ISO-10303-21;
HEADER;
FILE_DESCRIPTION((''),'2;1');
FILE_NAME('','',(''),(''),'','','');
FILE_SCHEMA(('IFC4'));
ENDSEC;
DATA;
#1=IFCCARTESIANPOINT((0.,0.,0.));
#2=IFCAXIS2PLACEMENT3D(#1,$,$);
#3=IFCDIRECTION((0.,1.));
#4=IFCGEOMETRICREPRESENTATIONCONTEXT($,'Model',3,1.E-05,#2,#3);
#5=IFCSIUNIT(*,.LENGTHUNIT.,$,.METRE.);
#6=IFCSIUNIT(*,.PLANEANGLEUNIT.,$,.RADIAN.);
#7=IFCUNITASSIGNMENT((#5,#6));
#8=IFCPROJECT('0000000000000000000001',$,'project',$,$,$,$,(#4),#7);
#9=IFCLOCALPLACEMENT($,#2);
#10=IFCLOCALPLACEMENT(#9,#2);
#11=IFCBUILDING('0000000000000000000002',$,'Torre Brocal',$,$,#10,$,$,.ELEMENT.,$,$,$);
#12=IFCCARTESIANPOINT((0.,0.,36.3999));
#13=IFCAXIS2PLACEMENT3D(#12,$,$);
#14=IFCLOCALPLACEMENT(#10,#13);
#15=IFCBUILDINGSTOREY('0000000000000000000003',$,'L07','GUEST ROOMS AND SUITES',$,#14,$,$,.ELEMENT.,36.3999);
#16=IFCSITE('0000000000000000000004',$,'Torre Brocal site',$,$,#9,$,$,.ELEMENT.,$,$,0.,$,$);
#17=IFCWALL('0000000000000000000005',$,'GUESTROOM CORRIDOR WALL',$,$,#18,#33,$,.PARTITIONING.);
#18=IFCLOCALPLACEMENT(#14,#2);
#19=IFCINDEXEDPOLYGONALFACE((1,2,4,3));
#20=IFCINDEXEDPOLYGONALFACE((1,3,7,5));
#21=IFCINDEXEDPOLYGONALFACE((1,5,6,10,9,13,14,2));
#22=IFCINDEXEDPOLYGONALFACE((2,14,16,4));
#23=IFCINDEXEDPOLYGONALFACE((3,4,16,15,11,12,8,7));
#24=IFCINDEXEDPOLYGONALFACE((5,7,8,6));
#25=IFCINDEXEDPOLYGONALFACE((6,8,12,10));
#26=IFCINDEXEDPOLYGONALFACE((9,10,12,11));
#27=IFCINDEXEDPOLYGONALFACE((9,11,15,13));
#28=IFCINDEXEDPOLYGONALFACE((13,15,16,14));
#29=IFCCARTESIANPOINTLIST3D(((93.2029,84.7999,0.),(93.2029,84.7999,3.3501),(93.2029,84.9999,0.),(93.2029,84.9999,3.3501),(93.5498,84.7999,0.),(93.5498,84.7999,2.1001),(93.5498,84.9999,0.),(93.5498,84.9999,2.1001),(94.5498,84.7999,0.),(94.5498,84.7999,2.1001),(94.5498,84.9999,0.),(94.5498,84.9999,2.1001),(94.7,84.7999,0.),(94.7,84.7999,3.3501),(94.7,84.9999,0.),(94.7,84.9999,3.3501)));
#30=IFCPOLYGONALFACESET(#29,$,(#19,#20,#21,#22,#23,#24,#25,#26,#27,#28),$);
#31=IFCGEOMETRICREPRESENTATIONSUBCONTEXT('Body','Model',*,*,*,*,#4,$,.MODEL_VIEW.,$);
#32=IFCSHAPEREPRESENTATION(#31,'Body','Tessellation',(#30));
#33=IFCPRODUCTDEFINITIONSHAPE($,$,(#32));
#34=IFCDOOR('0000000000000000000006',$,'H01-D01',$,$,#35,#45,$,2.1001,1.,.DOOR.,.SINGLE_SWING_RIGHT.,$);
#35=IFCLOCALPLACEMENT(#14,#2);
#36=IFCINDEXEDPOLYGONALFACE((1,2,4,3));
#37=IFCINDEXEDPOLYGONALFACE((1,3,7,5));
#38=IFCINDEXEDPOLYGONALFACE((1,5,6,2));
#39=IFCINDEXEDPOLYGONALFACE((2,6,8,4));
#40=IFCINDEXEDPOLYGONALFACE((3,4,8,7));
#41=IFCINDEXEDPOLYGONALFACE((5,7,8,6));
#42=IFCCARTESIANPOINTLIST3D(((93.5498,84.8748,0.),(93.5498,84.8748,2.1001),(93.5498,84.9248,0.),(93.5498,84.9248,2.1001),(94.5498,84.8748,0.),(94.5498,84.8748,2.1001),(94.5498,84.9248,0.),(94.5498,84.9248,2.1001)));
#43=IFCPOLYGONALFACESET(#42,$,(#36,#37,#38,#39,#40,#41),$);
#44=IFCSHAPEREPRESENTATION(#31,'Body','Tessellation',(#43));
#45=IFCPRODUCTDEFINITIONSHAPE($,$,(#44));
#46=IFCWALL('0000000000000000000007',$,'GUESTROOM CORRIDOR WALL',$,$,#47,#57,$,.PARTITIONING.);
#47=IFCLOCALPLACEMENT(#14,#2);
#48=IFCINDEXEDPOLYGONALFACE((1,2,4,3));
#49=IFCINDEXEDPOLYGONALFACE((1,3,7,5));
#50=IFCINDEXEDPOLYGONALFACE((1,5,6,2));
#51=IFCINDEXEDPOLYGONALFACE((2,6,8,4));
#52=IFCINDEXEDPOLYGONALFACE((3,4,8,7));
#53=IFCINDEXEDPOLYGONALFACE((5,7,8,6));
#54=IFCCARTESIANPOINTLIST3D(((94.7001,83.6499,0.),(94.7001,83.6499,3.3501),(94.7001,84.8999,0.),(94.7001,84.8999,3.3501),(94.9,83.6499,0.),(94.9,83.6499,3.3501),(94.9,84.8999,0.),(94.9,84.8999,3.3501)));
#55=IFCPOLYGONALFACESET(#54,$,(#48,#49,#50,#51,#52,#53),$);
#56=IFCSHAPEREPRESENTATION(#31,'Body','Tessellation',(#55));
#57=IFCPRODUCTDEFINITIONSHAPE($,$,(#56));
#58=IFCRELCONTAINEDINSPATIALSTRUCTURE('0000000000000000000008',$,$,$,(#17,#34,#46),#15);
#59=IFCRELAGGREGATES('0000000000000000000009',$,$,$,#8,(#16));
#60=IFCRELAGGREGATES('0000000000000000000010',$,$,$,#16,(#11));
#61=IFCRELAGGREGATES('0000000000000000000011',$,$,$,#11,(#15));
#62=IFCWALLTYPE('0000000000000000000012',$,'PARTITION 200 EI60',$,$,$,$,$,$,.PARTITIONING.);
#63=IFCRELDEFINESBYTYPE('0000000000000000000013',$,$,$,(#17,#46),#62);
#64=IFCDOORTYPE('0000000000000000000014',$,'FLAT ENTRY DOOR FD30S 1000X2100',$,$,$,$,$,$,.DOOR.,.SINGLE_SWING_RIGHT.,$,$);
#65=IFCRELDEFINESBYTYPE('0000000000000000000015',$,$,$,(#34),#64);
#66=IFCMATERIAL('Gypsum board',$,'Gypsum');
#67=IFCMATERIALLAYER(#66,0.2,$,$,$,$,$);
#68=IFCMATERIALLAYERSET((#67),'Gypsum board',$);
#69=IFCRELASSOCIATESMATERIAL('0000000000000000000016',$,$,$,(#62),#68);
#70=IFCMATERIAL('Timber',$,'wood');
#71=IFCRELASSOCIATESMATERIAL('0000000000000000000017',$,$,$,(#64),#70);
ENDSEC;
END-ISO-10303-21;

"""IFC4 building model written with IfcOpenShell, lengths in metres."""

from ifc_helpers import new_model, si_unit, direction, frame, frame_2d, origin, place, context, subcontext, project, spatial, rectangle, extrude, material, layer, layer_set, type_object, element, fill, save


model = new_model("IFC4")

# Units and contexts
model_context = context("Model", 3, precision=1e-05, world=origin(), true_north=direction((0.0, 1.0)))
body_context = subcontext(model_context, "Body", "Model", "MODEL_VIEW")
ifc_project = project(units=[si_unit("LENGTHUNIT", "METRE"), si_unit("PLANEANGLEUNIT", "RADIAN")], contexts=[model_context])

# Site, building, storey
site_placement = place(None, origin())
site = spatial("IfcSite", under=ifc_project, at=site_placement, Name="Torre Brocal site", CompositionType="ELEMENT", RefElevation=0.0)
building_placement = place(site_placement, origin())
building = spatial("IfcBuilding", under=site, at=building_placement, Name="Torre Brocal", CompositionType="ELEMENT")
storey_placement = place(building_placement, frame((0.0, 0.0, 36.3999)))
storey = spatial("IfcBuildingStorey", under=building, at=storey_placement, Name="L07", Description="GUEST ROOMS AND SUITES", CompositionType="ELEMENT", Elevation=36.3999)

# Wall, opening, door
ifc_material_1 = material(Name="Gypsum board", Category="Gypsum")
ifc_layer_1 = layer(ifc_material_1, 0.2)
ifc_layer_set_1 = layer_set([ifc_layer_1], Name="Gypsum board")
wall_type_1 = type_object("IfcWallType", Name="PARTITION 200 EI60", PredefinedType="PARTITIONING", material=ifc_layer_set_1)
wall_1_placement = place(storey_placement, frame((93.2029, 84.8999, 0.0), z_axis=(0.0, 0.0, 1.0), x_axis=(1.0, 0.0, 0.0)))
wall_1 = element("IfcWall", 1, at=wall_1_placement, inside=storey, type_object=wall_type_1, Name="GUESTROOM CORRIDOR WALL", PredefinedType="PARTITIONING", context=body_context, shape_type="SweptSolid", body=[
    extrude(rectangle(XDim=1.4971, YDim=0.2, at=frame_2d((0.7485, 0.0))), origin(), (0.0, 0.0, 1.0), 3.3501),
])
opening_1_placement = place(wall_1_placement, frame((0.3469, 0.0, 0.0)))
opening_1 = element("IfcOpeningElement", 2, at=opening_1_placement, cuts=wall_1, PredefinedType="OPENING", context=body_context, shape_type="SweptSolid", body=[
    extrude(rectangle(XDim=1.0, YDim=2.1001, at=frame_2d((0.5, 1.05))), frame((0.0, 0.1099, 0.0), z_axis=(0.0, -1.0, 0.0), x_axis=(1.0, 0.0, 0.0)), (0.0, 0.0, 1.0), 0.22),
])
ifc_material_2 = material(Name="Timber", Category="wood")
door_type_1 = type_object("IfcDoorType", Name="FLAT ENTRY DOOR FD30S 1000X2100", OperationType="SINGLE_SWING_RIGHT", PredefinedType="DOOR", material=ifc_material_2)
door_1_placement = place(opening_1_placement, origin())
door_1 = element("IfcDoor", 3, at=door_1_placement, inside=storey, type_object=door_type_1, Name="H01-D01", OperationType="SINGLE_SWING_RIGHT", OverallHeight=2.1001, OverallWidth=1.0, PredefinedType="DOOR", context=body_context, shape_type="SweptSolid", body=[
    extrude(rectangle(XDim=1.0, YDim=2.1001, at=frame_2d((0.5, 1.05))), frame((0.0, 0.0249, 0.0), z_axis=(0.0, -1.0, 0.0), x_axis=(1.0, 0.0, 0.0)), (0.0, 0.0, 1.0), 0.05),
])
fill(opening_1, door_1)

# Wall
wall_2_placement = place(storey_placement, frame((94.8, 83.6499, 0.0), z_axis=(0.0, 0.0, 1.0), x_axis=(0.0, 1.0, 0.0)))
element("IfcWall", 4, at=wall_2_placement, inside=storey, type_object=wall_type_1, Name="GUESTROOM CORRIDOR WALL", PredefinedType="PARTITIONING", context=body_context, shape_type="SweptSolid", body=[
    extrude(rectangle(XDim=1.25, YDim=0.2, at=frame_2d((0.625, 0.0))), origin(), (0.0, 0.0, 1.0), 3.3501),
])

save(model, "model.ifc")
